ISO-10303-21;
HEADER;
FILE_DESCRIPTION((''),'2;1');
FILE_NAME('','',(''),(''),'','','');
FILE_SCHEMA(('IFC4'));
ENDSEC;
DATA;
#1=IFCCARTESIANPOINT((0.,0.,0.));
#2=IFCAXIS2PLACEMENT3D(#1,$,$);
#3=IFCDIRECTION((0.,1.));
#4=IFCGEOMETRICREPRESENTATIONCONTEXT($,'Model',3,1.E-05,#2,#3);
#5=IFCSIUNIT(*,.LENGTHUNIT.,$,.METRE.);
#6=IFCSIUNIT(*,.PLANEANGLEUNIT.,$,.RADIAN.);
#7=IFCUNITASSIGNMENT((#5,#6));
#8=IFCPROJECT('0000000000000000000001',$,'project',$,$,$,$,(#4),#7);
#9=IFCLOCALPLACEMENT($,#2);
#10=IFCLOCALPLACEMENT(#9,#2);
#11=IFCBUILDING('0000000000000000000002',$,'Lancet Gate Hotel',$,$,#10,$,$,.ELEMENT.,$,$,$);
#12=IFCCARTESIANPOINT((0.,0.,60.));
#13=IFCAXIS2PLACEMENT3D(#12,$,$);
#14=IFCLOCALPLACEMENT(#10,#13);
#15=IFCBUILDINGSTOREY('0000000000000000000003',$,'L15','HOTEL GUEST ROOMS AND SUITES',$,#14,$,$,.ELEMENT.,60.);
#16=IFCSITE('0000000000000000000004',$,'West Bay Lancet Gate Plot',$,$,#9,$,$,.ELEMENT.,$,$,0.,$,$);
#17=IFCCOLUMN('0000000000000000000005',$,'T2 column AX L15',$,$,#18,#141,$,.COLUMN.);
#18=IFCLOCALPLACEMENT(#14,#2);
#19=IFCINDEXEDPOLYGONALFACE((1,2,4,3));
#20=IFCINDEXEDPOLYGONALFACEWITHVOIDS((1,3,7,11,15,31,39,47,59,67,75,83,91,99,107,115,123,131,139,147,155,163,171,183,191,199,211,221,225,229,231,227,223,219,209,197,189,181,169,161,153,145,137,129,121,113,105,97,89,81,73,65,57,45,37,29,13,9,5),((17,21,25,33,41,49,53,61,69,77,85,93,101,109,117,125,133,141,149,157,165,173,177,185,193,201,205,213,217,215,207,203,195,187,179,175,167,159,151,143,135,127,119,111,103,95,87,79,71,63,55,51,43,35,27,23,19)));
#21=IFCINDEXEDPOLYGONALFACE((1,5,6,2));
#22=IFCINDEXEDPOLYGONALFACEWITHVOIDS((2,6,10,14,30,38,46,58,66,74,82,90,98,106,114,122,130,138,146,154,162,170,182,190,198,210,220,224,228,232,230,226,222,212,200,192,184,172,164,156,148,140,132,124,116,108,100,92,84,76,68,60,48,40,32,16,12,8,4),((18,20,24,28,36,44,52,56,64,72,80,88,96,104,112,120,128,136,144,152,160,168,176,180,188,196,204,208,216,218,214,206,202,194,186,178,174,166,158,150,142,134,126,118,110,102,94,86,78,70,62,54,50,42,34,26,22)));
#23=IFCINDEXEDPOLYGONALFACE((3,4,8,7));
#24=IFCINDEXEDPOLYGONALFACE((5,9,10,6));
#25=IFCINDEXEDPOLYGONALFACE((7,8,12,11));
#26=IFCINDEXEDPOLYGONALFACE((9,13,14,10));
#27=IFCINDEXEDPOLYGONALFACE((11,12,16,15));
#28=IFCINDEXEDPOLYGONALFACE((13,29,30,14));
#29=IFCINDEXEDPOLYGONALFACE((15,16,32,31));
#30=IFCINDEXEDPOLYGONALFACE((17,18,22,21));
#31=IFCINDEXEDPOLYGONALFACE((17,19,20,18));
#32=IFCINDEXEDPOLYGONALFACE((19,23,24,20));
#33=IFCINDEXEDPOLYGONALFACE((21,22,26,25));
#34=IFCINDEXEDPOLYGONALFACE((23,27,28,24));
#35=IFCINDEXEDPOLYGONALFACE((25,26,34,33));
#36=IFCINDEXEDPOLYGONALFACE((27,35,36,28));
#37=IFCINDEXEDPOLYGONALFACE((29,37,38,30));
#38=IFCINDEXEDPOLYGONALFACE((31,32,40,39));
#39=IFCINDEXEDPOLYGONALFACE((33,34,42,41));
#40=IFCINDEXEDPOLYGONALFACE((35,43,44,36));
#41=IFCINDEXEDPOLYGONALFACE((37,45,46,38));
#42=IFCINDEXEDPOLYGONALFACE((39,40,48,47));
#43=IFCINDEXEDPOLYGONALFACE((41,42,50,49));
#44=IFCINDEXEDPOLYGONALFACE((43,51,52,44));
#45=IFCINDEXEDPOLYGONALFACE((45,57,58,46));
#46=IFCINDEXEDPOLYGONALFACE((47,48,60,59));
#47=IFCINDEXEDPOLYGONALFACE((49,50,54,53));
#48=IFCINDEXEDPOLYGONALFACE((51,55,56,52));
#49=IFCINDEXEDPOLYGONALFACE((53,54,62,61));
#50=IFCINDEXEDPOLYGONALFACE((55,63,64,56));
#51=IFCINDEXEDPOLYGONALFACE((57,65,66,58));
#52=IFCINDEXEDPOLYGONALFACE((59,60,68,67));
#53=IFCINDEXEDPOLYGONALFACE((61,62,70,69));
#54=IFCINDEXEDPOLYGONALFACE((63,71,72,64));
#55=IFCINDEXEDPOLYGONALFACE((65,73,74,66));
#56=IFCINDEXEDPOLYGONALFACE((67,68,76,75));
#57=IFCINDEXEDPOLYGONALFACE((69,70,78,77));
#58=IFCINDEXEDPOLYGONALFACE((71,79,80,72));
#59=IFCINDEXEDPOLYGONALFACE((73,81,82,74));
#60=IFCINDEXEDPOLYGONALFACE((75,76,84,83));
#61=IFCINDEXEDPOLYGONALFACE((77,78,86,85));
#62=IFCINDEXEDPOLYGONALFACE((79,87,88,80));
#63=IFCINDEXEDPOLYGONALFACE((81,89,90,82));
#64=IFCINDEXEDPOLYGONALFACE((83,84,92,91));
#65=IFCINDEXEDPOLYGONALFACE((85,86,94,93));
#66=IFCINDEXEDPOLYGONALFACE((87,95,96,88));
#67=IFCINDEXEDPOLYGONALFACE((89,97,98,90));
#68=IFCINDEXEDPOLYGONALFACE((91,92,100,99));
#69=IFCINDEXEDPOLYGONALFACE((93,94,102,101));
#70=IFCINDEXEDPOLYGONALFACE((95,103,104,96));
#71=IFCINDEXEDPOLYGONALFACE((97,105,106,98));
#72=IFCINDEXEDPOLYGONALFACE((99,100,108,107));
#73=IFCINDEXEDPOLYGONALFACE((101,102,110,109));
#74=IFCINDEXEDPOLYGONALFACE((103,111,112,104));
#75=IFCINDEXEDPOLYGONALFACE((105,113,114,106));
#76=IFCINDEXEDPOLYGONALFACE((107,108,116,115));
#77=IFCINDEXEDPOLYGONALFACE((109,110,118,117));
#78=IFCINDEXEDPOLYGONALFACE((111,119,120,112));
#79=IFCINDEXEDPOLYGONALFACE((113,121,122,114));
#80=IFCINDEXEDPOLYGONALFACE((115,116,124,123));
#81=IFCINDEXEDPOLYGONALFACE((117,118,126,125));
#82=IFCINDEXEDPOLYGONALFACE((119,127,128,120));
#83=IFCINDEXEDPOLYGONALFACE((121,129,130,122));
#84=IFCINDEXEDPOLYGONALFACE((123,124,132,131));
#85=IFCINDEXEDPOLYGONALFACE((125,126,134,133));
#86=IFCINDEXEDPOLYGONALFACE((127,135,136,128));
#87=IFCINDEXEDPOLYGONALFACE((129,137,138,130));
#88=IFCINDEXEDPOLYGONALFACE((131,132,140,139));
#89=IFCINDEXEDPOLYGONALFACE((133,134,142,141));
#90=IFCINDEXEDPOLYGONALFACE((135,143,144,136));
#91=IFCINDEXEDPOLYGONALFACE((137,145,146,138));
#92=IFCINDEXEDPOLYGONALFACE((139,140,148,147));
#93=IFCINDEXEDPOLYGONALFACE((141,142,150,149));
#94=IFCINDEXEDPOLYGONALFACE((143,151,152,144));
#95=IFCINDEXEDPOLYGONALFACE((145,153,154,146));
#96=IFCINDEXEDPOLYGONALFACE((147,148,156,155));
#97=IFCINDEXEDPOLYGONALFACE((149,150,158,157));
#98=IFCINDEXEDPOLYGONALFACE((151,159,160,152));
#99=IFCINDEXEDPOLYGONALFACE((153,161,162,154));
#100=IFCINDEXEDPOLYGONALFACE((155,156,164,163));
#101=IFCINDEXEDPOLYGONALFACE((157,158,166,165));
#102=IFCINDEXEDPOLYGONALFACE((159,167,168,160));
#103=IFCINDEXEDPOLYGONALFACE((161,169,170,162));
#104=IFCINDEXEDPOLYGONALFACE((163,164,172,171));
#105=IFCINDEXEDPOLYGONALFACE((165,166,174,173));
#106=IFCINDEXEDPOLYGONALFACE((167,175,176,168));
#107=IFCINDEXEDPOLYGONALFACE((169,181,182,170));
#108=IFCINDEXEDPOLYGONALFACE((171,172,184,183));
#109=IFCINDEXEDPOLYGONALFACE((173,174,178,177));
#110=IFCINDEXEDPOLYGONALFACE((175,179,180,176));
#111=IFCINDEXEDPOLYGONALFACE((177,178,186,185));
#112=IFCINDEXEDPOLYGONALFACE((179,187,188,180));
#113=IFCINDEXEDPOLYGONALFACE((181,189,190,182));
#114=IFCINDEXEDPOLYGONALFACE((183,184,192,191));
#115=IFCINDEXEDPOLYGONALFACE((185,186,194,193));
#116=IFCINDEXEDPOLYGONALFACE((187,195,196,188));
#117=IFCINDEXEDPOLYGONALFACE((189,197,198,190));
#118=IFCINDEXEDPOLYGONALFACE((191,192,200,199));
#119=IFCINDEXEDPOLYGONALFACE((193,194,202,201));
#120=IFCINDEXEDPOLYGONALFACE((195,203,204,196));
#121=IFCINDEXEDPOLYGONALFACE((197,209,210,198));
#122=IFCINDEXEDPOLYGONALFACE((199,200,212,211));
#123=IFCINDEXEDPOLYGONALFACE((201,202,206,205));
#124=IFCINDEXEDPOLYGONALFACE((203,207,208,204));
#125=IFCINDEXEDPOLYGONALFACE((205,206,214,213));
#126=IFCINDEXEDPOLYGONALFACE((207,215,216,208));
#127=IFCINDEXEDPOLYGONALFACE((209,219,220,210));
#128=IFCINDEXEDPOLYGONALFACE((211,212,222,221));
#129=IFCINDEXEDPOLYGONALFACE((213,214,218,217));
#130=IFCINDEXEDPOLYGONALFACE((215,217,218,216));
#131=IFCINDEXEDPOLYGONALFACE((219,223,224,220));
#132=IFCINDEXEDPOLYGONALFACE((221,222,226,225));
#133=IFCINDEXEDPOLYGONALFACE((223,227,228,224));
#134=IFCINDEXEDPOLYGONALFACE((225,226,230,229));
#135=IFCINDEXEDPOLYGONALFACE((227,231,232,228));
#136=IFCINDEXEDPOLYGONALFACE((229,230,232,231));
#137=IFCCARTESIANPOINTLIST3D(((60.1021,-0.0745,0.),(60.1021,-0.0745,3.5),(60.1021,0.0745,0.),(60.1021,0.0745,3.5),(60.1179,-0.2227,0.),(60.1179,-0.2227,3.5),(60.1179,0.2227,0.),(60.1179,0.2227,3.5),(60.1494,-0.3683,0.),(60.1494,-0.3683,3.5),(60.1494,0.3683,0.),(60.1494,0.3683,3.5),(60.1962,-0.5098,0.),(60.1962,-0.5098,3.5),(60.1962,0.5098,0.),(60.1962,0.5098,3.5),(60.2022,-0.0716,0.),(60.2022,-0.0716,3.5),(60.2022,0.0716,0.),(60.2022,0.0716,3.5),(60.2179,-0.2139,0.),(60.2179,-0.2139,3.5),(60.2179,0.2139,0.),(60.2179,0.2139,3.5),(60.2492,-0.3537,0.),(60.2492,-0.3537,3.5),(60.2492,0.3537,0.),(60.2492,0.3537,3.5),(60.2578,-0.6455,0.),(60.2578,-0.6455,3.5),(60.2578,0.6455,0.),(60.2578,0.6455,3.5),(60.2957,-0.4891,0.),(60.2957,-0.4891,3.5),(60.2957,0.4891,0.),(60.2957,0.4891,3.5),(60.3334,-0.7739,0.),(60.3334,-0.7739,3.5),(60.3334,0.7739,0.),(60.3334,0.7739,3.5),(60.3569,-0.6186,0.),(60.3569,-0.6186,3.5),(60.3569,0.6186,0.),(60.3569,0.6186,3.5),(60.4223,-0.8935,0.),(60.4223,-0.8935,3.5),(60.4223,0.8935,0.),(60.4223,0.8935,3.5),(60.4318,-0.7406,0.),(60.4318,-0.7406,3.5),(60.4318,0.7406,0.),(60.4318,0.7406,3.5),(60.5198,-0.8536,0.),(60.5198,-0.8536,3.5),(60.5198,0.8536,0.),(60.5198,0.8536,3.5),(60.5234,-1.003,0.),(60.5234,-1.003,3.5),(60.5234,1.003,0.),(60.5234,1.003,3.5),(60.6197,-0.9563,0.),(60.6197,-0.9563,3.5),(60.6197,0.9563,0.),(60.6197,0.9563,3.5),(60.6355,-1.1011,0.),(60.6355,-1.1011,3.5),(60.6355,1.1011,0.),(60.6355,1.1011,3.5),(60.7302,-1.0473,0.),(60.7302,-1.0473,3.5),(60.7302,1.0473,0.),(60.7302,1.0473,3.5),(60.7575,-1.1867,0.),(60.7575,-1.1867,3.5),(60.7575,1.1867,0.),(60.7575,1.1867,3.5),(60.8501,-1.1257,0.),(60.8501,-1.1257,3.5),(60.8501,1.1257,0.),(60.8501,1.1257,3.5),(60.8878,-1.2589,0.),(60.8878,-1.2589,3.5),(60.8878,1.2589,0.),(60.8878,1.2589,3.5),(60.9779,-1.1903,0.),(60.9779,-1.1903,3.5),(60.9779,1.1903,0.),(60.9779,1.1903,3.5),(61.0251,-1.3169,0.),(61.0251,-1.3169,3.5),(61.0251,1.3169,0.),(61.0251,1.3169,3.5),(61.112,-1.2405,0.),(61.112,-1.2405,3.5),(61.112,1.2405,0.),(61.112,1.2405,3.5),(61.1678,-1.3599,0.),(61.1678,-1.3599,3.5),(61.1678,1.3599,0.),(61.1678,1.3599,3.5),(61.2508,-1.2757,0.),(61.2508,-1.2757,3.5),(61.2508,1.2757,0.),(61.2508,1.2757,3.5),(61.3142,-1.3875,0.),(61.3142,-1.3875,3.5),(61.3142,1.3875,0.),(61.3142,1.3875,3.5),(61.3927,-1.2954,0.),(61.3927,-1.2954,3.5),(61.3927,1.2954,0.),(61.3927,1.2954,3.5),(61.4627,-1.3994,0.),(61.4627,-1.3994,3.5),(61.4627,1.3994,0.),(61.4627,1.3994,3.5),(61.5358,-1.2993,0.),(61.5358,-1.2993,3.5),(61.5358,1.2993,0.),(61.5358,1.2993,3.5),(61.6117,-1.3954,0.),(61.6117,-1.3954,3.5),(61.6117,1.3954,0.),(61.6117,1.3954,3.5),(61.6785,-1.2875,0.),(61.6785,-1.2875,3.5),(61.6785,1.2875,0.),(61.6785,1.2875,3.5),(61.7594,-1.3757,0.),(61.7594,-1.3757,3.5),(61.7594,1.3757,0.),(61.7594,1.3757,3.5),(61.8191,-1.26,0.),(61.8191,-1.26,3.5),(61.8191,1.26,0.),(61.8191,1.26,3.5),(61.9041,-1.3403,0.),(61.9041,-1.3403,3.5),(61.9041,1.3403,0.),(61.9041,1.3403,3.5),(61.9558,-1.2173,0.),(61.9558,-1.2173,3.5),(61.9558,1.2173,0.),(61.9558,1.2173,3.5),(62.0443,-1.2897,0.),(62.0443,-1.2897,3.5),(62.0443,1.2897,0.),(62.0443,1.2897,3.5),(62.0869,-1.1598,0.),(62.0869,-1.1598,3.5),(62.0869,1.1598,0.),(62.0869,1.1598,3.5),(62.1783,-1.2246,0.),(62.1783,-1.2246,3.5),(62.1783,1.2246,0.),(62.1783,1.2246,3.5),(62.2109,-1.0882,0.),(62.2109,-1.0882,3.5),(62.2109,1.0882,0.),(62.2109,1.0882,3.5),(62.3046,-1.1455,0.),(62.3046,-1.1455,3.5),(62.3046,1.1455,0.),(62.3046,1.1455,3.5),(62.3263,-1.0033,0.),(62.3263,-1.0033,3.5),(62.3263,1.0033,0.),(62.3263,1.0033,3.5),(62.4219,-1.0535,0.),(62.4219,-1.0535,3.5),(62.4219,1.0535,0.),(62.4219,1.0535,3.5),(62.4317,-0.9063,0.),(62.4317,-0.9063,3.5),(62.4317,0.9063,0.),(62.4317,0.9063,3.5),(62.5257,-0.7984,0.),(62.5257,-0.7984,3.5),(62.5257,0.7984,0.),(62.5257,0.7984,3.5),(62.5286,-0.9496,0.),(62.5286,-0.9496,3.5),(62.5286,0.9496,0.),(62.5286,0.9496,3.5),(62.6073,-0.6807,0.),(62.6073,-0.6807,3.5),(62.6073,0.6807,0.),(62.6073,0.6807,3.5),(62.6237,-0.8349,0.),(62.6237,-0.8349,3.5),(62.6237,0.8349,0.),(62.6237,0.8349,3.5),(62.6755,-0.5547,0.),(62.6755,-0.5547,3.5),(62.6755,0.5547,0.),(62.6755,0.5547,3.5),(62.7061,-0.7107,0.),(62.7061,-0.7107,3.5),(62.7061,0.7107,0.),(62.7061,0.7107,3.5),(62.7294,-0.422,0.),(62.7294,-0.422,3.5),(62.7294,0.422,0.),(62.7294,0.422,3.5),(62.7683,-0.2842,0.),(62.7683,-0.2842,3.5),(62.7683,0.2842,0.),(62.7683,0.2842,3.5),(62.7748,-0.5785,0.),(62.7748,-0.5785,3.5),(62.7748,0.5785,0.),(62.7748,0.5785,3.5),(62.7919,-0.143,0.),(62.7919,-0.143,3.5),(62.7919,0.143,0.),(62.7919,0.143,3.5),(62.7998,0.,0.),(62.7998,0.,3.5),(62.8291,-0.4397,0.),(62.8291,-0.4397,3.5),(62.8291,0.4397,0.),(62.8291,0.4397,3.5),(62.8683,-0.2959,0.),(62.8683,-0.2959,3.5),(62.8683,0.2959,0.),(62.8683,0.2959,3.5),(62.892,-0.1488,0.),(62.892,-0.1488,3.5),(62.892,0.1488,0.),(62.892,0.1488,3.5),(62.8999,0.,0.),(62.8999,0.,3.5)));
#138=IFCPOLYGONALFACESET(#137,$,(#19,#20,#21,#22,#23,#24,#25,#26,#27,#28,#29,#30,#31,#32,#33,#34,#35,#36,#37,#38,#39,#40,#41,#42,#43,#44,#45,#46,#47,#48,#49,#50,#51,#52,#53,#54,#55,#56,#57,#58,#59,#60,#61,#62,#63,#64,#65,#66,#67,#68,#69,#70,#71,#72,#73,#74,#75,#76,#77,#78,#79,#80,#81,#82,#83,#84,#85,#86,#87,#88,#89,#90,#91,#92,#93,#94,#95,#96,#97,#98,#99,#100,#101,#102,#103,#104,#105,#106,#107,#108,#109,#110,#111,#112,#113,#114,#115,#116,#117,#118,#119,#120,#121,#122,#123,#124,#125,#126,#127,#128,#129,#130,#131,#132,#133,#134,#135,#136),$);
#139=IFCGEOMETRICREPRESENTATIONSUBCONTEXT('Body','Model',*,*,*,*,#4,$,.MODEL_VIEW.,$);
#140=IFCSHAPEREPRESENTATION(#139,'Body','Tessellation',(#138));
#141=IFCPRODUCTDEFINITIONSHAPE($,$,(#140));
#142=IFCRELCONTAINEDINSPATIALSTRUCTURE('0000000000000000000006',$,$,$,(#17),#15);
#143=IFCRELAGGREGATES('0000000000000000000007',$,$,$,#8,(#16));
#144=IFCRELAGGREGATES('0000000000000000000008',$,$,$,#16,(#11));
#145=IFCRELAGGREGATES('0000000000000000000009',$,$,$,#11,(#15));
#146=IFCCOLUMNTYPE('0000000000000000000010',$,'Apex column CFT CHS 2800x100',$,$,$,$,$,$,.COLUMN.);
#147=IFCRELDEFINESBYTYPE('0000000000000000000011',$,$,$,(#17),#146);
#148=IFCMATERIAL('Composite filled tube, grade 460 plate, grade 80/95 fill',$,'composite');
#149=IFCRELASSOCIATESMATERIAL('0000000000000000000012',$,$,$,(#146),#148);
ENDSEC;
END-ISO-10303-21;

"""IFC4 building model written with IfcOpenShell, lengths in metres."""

from ifc_helpers import new_model, si_unit, direction, frame, origin, origin_2d, place, context, subcontext, project, spatial, hollow_circle, extrude, material, material_profile, profile_set, type_object, element, save


model = new_model("IFC4")

# Units and contexts
model_context = context("Model", 3, precision=1e-05, world=origin(), true_north=direction((0.0, 1.0)))
body_context = subcontext(model_context, "Body", "Model", "MODEL_VIEW")
ifc_project = project(units=[si_unit("LENGTHUNIT", "METRE"), si_unit("PLANEANGLEUNIT", "RADIAN")], contexts=[model_context])

# Site, building, storey
site_placement = place(None, origin())
site = spatial("IfcSite", under=ifc_project, at=site_placement, Name="West Bay Lancet Gate Plot", CompositionType="ELEMENT", RefElevation=0.0)
building_placement = place(site_placement, origin())
building = spatial("IfcBuilding", under=site, at=building_placement, Name="Lancet Gate Hotel", CompositionType="ELEMENT")
storey_placement = place(building_placement, frame((0.0, 0.0, 60.0)))
storey = spatial("IfcBuildingStorey", under=building, at=storey_placement, Name="L15", Description="HOTEL GUEST ROOMS AND SUITES", CompositionType="ELEMENT", Elevation=60.0)

# Column
ifc_material_1 = material(Name="Composite filled tube, grade 460 plate, grade 80/95 fill", Category="composite")
ifc_material_profile_1 = material_profile(ifc_material_1, hollow_circle(Radius=1.3999, WallThickness=0.1001, at=origin_2d()), Name="CHS 2800x100")
ifc_profile_set_1 = profile_set([ifc_material_profile_1], Name="Composite filled tube, grade 460 plate, grade 80/95 fill")
column_type_1 = type_object("IfcColumnType", Name="Apex column CFT CHS 2800x100", PredefinedType="COLUMN", material=ifc_profile_set_1)
column_1_placement = place(storey_placement, frame((61.5, 0.0, 0.0), z_axis=(0.0, 0.0, 1.0), x_axis=(1.0, 0.0, 0.0)))
element("IfcColumn", 1, at=column_1_placement, inside=storey, type_object=column_type_1, Name="T2 column AX L15", PredefinedType="COLUMN", context=body_context, shape_type="SweptSolid", body=[
    extrude(hollow_circle(Radius=1.3999, WallThickness=0.1001, at=origin_2d()), origin(), (0.0, 0.0, 1.0), 3.5),
])

save(model, "model.ifc")
